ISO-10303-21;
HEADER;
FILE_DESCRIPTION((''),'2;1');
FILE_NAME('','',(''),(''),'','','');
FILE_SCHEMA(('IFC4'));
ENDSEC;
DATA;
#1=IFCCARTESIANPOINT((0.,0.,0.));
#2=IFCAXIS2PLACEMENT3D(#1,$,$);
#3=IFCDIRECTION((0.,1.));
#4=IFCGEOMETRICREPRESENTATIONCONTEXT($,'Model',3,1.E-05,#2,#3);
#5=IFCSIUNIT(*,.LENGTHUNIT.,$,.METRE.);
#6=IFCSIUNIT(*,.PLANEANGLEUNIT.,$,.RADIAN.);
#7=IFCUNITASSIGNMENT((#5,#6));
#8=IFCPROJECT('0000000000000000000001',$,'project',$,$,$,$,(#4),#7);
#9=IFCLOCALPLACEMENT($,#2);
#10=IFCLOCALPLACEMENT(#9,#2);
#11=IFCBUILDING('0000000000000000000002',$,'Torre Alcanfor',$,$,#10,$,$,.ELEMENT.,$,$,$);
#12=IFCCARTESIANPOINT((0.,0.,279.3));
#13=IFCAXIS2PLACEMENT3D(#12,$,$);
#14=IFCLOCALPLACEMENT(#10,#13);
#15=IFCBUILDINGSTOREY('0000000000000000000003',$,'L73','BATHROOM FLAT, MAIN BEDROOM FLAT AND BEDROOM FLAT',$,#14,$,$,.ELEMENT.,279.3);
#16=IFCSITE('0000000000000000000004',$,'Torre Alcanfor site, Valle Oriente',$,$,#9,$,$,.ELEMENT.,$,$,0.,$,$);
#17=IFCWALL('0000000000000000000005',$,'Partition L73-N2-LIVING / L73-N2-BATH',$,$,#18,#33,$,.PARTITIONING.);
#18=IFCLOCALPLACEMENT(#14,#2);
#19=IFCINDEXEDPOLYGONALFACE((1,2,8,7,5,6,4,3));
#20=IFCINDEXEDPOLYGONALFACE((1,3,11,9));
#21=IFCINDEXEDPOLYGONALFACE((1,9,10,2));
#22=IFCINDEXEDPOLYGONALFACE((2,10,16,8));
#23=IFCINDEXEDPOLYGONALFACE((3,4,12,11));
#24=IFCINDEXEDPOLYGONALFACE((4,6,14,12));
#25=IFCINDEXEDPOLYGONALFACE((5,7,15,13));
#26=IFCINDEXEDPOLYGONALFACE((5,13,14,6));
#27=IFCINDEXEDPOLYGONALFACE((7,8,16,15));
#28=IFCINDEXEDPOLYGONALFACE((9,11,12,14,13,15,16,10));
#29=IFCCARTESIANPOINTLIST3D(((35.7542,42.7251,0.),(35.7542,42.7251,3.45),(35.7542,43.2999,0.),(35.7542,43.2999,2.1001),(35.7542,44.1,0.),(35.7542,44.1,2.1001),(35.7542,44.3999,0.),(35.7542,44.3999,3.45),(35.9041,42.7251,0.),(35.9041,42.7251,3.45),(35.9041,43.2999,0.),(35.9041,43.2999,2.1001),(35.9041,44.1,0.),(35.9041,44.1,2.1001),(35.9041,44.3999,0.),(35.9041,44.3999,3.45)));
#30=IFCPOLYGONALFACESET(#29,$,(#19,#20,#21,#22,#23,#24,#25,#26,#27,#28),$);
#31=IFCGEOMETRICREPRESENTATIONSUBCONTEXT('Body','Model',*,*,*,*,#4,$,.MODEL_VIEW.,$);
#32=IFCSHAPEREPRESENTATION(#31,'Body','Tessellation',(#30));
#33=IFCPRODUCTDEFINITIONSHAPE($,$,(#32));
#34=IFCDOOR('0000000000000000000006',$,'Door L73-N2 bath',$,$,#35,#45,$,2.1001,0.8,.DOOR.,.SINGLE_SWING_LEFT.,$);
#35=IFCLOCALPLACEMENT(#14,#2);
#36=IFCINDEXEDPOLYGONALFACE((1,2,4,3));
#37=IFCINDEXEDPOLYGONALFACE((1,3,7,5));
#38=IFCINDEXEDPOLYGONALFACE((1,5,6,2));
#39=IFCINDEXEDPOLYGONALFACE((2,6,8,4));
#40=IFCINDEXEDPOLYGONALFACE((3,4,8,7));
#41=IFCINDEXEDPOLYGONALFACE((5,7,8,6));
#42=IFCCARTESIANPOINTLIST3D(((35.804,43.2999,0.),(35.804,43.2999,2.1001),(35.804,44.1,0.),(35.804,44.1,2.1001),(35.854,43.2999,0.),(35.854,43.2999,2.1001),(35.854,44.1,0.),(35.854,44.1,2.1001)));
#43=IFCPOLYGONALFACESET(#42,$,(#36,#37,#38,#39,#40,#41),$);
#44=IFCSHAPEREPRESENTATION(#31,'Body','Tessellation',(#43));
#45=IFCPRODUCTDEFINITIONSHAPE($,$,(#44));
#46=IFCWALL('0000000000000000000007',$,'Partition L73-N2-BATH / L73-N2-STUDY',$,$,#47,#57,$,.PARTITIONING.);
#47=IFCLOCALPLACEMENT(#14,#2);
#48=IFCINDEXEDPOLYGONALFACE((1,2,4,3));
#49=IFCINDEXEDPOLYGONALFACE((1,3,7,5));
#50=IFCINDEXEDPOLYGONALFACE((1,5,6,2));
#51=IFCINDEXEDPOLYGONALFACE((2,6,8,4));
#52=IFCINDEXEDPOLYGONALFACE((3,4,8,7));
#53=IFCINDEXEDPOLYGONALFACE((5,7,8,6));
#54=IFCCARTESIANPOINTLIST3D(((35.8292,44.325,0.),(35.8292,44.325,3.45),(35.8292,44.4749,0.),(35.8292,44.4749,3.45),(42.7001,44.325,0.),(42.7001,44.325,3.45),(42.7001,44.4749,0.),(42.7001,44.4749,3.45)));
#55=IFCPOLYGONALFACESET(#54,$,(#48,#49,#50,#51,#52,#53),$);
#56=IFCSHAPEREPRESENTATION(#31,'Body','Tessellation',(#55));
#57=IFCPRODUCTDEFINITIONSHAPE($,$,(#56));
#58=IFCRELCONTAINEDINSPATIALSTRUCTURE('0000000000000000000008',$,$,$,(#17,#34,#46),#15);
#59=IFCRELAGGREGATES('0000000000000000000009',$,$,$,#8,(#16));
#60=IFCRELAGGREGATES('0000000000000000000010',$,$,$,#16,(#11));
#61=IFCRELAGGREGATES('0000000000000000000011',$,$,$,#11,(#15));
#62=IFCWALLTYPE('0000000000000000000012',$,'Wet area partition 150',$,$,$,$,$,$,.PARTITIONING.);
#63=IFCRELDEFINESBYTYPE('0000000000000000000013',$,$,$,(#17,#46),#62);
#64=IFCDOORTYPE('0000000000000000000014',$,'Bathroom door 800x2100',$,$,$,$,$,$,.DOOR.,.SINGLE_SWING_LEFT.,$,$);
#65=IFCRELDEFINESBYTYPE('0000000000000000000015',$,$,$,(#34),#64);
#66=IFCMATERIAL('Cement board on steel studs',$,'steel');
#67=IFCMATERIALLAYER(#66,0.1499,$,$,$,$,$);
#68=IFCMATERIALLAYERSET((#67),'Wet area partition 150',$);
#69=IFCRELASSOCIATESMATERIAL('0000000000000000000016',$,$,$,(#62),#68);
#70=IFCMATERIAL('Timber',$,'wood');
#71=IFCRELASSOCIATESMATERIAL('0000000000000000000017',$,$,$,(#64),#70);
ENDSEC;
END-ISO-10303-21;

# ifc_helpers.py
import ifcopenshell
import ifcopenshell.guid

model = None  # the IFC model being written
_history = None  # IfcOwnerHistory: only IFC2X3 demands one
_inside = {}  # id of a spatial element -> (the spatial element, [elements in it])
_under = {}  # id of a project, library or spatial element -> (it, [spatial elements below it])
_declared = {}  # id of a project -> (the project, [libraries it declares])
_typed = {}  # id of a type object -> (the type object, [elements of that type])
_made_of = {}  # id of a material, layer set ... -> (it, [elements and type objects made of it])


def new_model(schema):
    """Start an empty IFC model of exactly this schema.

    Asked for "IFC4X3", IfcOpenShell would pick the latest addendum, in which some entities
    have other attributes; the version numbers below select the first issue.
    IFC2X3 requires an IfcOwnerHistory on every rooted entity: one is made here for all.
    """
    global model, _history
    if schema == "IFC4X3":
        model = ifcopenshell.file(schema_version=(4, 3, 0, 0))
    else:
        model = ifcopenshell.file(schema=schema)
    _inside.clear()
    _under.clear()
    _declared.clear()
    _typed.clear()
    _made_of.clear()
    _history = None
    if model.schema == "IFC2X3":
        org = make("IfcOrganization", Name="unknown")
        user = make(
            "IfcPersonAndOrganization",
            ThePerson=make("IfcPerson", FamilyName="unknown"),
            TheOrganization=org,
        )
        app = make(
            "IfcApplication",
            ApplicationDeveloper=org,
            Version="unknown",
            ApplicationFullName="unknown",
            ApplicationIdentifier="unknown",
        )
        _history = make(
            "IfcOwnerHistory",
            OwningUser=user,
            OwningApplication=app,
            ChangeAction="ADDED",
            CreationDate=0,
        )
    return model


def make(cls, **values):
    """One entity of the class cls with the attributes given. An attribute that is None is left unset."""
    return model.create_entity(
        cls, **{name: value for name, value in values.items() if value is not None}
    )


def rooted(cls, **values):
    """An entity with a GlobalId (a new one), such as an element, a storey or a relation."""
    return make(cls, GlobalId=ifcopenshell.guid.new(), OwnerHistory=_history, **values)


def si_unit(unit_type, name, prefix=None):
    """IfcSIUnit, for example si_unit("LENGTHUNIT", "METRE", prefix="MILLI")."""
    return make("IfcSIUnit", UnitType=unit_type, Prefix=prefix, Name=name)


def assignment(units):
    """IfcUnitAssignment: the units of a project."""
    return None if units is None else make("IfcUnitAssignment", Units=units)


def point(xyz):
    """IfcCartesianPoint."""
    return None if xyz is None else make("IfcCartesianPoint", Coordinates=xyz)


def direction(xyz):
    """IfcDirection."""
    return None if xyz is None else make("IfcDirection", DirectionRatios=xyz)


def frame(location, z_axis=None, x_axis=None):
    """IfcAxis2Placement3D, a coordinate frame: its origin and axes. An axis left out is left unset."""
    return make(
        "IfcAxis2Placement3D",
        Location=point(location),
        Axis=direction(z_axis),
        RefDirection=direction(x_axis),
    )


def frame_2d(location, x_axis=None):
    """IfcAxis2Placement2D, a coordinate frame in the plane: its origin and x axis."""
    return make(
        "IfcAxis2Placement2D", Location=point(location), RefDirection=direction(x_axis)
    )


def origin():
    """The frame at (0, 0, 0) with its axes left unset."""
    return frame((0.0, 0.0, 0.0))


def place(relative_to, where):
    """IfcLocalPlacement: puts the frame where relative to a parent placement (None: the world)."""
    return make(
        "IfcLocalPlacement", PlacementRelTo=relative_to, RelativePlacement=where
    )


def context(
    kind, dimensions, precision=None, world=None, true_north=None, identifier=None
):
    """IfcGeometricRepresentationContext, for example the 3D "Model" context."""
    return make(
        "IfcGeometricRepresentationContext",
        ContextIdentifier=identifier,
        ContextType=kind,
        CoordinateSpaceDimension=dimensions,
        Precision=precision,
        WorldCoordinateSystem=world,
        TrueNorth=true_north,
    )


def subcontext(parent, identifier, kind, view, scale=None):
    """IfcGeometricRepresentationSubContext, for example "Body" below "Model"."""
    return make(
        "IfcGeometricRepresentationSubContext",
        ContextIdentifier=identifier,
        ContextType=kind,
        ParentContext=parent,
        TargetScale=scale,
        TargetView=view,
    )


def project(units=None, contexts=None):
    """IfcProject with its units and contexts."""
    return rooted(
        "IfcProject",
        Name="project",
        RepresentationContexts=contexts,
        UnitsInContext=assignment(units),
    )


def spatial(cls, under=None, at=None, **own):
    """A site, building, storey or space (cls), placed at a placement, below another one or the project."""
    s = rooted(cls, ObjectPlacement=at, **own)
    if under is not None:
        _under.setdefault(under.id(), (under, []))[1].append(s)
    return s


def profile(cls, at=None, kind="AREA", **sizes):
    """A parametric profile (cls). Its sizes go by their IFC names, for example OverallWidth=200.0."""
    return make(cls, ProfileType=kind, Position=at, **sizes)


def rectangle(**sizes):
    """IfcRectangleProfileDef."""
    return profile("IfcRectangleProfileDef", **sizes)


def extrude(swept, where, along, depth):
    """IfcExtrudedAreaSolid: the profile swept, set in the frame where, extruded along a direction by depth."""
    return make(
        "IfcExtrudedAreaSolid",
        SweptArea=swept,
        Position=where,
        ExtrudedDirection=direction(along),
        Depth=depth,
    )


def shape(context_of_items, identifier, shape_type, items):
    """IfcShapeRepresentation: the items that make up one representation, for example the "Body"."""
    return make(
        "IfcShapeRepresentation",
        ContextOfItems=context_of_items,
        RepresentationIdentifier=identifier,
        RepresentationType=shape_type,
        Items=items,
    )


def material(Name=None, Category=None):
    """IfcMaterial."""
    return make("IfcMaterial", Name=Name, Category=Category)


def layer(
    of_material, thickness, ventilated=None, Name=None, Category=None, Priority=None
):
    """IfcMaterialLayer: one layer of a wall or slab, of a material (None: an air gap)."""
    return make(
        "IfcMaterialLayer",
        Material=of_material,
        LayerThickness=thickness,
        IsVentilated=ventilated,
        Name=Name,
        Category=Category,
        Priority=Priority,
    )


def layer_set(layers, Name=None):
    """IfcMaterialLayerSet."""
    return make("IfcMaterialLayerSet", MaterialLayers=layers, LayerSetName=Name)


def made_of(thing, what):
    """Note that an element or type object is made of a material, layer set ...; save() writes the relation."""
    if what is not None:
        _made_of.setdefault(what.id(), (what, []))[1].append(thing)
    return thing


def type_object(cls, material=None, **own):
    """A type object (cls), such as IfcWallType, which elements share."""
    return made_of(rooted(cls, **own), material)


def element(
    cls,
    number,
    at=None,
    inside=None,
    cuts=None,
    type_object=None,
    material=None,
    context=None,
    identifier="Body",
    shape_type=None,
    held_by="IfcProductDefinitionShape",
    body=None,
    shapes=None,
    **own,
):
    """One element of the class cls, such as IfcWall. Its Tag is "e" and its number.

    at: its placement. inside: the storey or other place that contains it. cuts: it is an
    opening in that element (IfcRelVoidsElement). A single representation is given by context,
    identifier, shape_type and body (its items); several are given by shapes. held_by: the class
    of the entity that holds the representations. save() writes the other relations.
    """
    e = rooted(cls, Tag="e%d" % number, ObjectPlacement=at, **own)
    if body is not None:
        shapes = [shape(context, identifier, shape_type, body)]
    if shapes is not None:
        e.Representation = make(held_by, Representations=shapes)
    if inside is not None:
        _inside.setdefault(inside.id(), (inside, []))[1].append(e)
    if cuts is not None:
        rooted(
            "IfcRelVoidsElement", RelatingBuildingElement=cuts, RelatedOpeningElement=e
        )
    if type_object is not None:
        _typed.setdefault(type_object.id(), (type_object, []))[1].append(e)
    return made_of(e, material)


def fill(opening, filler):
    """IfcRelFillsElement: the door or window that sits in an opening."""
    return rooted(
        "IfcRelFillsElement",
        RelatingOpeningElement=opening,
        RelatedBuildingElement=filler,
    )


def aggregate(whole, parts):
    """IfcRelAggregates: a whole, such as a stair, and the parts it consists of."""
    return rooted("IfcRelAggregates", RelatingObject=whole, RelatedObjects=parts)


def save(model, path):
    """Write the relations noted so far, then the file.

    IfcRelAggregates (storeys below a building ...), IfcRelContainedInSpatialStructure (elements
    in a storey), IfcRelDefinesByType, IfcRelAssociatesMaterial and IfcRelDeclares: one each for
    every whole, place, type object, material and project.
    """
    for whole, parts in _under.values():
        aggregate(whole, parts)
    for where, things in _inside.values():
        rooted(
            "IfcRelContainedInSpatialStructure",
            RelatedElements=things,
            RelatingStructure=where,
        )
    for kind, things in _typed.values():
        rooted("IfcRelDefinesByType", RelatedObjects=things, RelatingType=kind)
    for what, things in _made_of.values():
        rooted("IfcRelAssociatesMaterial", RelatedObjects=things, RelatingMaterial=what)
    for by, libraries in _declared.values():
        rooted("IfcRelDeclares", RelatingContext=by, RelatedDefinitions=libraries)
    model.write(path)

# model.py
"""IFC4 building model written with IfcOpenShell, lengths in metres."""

from ifc_helpers import new_model, si_unit, direction, frame, frame_2d, origin, place, context, subcontext, project, spatial, rectangle, extrude, material, layer, layer_set, type_object, element, fill, save


model = new_model("IFC4")

# Units and contexts
model_context = context("Model", 3, precision=1e-05, world=origin(), true_north=direction((0.0, 1.0)))
body_context = subcontext(model_context, "Body", "Model", "MODEL_VIEW")
ifc_project = project(units=[si_unit("LENGTHUNIT", "METRE"), si_unit("PLANEANGLEUNIT", "RADIAN")], contexts=[model_context])

# Site, building, storey
site_placement = place(None, origin())
site = spatial("IfcSite", under=ifc_project, at=site_placement, Name="Torre Alcanfor site, Valle Oriente", CompositionType="ELEMENT", RefElevation=0.0)
building_placement = place(site_placement, origin())
building = spatial("IfcBuilding", under=site, at=building_placement, Name="Torre Alcanfor", CompositionType="ELEMENT")
storey_placement = place(building_placement, frame((0.0, 0.0, 279.3)))
storey = spatial("IfcBuildingStorey", under=building, at=storey_placement, Name="L73", Description="BATHROOM FLAT, MAIN BEDROOM FLAT AND BEDROOM FLAT", CompositionType="ELEMENT", Elevation=279.3)

# Wall, opening, door
ifc_material_1 = material(Name="Cement board on steel studs", Category="steel")
ifc_layer_1 = layer(ifc_material_1, 0.1499)
ifc_layer_set_1 = layer_set([ifc_layer_1], Name="Wet area partition 150")
wall_type_1 = type_object("IfcWallType", Name="Wet area partition 150", PredefinedType="PARTITIONING", material=ifc_layer_set_1)
wall_1_placement = place(storey_placement, frame((35.8291, 44.3999, 0.0), z_axis=(0.0, 0.0, 1.0), x_axis=(0.0, -1.0, 0.0)))
wall_1 = element("IfcWall", 1, at=wall_1_placement, inside=storey, type_object=wall_type_1, Name="Partition L73-N2-LIVING / L73-N2-BATH", PredefinedType="PARTITIONING", context=body_context, shape_type="SweptSolid", body=[
    extrude(rectangle(XDim=1.6748, YDim=0.1499, at=frame_2d((0.8374, 0.0))), origin(), (0.0, 0.0, 1.0), 3.45),
])
opening_1_placement = place(wall_1_placement, frame((0.3, 0.0, 0.0)))
opening_1 = element("IfcOpeningElement", 2, at=opening_1_placement, cuts=wall_1, PredefinedType="OPENING", context=body_context, shape_type="SweptSolid", body=[
    extrude(rectangle(XDim=0.8, YDim=2.1001, at=frame_2d((0.3999, 1.05))), frame((0.0, 0.085, 0.0), z_axis=(0.0, -1.0, 0.0), x_axis=(1.0, 0.0, 0.0)), (0.0, 0.0, 1.0), 0.1699),
])
ifc_material_2 = material(Name="Timber", Category="wood")
door_type_1 = type_object("IfcDoorType", Name="Bathroom door 800x2100", OperationType="SINGLE_SWING_LEFT", PredefinedType="DOOR", material=ifc_material_2)
door_1_placement = place(opening_1_placement, origin())
door_1 = element("IfcDoor", 3, at=door_1_placement, inside=storey, type_object=door_type_1, Name="Door L73-N2 bath", OperationType="SINGLE_SWING_LEFT", OverallHeight=2.1001, OverallWidth=0.8, PredefinedType="DOOR", context=body_context, shape_type="SweptSolid", body=[
    extrude(rectangle(XDim=0.8, YDim=2.1001, at=frame_2d((0.3999, 1.05))), frame((0.0, 0.0249, 0.0), z_axis=(0.0, -1.0, 0.0), x_axis=(1.0, 0.0, 0.0)), (0.0, 0.0, 1.0), 0.05),
])
fill(opening_1, door_1)

# Wall
wall_2_placement = place(storey_placement, frame((35.8291, 44.3999, 0.0), z_axis=(0.0, 0.0, 1.0), x_axis=(1.0, 0.0, 0.0)))
element("IfcWall", 4, at=wall_2_placement, inside=storey, type_object=wall_type_1, Name="Partition L73-N2-BATH / L73-N2-STUDY", PredefinedType="PARTITIONING", context=body_context, shape_type="SweptSolid", body=[
    extrude(rectangle(XDim=6.8708, YDim=0.1499, at=frame_2d((3.4355, 0.0))), origin(), (0.0, 0.0, 1.0), 3.45),
])

save(model, "model.ifc")
